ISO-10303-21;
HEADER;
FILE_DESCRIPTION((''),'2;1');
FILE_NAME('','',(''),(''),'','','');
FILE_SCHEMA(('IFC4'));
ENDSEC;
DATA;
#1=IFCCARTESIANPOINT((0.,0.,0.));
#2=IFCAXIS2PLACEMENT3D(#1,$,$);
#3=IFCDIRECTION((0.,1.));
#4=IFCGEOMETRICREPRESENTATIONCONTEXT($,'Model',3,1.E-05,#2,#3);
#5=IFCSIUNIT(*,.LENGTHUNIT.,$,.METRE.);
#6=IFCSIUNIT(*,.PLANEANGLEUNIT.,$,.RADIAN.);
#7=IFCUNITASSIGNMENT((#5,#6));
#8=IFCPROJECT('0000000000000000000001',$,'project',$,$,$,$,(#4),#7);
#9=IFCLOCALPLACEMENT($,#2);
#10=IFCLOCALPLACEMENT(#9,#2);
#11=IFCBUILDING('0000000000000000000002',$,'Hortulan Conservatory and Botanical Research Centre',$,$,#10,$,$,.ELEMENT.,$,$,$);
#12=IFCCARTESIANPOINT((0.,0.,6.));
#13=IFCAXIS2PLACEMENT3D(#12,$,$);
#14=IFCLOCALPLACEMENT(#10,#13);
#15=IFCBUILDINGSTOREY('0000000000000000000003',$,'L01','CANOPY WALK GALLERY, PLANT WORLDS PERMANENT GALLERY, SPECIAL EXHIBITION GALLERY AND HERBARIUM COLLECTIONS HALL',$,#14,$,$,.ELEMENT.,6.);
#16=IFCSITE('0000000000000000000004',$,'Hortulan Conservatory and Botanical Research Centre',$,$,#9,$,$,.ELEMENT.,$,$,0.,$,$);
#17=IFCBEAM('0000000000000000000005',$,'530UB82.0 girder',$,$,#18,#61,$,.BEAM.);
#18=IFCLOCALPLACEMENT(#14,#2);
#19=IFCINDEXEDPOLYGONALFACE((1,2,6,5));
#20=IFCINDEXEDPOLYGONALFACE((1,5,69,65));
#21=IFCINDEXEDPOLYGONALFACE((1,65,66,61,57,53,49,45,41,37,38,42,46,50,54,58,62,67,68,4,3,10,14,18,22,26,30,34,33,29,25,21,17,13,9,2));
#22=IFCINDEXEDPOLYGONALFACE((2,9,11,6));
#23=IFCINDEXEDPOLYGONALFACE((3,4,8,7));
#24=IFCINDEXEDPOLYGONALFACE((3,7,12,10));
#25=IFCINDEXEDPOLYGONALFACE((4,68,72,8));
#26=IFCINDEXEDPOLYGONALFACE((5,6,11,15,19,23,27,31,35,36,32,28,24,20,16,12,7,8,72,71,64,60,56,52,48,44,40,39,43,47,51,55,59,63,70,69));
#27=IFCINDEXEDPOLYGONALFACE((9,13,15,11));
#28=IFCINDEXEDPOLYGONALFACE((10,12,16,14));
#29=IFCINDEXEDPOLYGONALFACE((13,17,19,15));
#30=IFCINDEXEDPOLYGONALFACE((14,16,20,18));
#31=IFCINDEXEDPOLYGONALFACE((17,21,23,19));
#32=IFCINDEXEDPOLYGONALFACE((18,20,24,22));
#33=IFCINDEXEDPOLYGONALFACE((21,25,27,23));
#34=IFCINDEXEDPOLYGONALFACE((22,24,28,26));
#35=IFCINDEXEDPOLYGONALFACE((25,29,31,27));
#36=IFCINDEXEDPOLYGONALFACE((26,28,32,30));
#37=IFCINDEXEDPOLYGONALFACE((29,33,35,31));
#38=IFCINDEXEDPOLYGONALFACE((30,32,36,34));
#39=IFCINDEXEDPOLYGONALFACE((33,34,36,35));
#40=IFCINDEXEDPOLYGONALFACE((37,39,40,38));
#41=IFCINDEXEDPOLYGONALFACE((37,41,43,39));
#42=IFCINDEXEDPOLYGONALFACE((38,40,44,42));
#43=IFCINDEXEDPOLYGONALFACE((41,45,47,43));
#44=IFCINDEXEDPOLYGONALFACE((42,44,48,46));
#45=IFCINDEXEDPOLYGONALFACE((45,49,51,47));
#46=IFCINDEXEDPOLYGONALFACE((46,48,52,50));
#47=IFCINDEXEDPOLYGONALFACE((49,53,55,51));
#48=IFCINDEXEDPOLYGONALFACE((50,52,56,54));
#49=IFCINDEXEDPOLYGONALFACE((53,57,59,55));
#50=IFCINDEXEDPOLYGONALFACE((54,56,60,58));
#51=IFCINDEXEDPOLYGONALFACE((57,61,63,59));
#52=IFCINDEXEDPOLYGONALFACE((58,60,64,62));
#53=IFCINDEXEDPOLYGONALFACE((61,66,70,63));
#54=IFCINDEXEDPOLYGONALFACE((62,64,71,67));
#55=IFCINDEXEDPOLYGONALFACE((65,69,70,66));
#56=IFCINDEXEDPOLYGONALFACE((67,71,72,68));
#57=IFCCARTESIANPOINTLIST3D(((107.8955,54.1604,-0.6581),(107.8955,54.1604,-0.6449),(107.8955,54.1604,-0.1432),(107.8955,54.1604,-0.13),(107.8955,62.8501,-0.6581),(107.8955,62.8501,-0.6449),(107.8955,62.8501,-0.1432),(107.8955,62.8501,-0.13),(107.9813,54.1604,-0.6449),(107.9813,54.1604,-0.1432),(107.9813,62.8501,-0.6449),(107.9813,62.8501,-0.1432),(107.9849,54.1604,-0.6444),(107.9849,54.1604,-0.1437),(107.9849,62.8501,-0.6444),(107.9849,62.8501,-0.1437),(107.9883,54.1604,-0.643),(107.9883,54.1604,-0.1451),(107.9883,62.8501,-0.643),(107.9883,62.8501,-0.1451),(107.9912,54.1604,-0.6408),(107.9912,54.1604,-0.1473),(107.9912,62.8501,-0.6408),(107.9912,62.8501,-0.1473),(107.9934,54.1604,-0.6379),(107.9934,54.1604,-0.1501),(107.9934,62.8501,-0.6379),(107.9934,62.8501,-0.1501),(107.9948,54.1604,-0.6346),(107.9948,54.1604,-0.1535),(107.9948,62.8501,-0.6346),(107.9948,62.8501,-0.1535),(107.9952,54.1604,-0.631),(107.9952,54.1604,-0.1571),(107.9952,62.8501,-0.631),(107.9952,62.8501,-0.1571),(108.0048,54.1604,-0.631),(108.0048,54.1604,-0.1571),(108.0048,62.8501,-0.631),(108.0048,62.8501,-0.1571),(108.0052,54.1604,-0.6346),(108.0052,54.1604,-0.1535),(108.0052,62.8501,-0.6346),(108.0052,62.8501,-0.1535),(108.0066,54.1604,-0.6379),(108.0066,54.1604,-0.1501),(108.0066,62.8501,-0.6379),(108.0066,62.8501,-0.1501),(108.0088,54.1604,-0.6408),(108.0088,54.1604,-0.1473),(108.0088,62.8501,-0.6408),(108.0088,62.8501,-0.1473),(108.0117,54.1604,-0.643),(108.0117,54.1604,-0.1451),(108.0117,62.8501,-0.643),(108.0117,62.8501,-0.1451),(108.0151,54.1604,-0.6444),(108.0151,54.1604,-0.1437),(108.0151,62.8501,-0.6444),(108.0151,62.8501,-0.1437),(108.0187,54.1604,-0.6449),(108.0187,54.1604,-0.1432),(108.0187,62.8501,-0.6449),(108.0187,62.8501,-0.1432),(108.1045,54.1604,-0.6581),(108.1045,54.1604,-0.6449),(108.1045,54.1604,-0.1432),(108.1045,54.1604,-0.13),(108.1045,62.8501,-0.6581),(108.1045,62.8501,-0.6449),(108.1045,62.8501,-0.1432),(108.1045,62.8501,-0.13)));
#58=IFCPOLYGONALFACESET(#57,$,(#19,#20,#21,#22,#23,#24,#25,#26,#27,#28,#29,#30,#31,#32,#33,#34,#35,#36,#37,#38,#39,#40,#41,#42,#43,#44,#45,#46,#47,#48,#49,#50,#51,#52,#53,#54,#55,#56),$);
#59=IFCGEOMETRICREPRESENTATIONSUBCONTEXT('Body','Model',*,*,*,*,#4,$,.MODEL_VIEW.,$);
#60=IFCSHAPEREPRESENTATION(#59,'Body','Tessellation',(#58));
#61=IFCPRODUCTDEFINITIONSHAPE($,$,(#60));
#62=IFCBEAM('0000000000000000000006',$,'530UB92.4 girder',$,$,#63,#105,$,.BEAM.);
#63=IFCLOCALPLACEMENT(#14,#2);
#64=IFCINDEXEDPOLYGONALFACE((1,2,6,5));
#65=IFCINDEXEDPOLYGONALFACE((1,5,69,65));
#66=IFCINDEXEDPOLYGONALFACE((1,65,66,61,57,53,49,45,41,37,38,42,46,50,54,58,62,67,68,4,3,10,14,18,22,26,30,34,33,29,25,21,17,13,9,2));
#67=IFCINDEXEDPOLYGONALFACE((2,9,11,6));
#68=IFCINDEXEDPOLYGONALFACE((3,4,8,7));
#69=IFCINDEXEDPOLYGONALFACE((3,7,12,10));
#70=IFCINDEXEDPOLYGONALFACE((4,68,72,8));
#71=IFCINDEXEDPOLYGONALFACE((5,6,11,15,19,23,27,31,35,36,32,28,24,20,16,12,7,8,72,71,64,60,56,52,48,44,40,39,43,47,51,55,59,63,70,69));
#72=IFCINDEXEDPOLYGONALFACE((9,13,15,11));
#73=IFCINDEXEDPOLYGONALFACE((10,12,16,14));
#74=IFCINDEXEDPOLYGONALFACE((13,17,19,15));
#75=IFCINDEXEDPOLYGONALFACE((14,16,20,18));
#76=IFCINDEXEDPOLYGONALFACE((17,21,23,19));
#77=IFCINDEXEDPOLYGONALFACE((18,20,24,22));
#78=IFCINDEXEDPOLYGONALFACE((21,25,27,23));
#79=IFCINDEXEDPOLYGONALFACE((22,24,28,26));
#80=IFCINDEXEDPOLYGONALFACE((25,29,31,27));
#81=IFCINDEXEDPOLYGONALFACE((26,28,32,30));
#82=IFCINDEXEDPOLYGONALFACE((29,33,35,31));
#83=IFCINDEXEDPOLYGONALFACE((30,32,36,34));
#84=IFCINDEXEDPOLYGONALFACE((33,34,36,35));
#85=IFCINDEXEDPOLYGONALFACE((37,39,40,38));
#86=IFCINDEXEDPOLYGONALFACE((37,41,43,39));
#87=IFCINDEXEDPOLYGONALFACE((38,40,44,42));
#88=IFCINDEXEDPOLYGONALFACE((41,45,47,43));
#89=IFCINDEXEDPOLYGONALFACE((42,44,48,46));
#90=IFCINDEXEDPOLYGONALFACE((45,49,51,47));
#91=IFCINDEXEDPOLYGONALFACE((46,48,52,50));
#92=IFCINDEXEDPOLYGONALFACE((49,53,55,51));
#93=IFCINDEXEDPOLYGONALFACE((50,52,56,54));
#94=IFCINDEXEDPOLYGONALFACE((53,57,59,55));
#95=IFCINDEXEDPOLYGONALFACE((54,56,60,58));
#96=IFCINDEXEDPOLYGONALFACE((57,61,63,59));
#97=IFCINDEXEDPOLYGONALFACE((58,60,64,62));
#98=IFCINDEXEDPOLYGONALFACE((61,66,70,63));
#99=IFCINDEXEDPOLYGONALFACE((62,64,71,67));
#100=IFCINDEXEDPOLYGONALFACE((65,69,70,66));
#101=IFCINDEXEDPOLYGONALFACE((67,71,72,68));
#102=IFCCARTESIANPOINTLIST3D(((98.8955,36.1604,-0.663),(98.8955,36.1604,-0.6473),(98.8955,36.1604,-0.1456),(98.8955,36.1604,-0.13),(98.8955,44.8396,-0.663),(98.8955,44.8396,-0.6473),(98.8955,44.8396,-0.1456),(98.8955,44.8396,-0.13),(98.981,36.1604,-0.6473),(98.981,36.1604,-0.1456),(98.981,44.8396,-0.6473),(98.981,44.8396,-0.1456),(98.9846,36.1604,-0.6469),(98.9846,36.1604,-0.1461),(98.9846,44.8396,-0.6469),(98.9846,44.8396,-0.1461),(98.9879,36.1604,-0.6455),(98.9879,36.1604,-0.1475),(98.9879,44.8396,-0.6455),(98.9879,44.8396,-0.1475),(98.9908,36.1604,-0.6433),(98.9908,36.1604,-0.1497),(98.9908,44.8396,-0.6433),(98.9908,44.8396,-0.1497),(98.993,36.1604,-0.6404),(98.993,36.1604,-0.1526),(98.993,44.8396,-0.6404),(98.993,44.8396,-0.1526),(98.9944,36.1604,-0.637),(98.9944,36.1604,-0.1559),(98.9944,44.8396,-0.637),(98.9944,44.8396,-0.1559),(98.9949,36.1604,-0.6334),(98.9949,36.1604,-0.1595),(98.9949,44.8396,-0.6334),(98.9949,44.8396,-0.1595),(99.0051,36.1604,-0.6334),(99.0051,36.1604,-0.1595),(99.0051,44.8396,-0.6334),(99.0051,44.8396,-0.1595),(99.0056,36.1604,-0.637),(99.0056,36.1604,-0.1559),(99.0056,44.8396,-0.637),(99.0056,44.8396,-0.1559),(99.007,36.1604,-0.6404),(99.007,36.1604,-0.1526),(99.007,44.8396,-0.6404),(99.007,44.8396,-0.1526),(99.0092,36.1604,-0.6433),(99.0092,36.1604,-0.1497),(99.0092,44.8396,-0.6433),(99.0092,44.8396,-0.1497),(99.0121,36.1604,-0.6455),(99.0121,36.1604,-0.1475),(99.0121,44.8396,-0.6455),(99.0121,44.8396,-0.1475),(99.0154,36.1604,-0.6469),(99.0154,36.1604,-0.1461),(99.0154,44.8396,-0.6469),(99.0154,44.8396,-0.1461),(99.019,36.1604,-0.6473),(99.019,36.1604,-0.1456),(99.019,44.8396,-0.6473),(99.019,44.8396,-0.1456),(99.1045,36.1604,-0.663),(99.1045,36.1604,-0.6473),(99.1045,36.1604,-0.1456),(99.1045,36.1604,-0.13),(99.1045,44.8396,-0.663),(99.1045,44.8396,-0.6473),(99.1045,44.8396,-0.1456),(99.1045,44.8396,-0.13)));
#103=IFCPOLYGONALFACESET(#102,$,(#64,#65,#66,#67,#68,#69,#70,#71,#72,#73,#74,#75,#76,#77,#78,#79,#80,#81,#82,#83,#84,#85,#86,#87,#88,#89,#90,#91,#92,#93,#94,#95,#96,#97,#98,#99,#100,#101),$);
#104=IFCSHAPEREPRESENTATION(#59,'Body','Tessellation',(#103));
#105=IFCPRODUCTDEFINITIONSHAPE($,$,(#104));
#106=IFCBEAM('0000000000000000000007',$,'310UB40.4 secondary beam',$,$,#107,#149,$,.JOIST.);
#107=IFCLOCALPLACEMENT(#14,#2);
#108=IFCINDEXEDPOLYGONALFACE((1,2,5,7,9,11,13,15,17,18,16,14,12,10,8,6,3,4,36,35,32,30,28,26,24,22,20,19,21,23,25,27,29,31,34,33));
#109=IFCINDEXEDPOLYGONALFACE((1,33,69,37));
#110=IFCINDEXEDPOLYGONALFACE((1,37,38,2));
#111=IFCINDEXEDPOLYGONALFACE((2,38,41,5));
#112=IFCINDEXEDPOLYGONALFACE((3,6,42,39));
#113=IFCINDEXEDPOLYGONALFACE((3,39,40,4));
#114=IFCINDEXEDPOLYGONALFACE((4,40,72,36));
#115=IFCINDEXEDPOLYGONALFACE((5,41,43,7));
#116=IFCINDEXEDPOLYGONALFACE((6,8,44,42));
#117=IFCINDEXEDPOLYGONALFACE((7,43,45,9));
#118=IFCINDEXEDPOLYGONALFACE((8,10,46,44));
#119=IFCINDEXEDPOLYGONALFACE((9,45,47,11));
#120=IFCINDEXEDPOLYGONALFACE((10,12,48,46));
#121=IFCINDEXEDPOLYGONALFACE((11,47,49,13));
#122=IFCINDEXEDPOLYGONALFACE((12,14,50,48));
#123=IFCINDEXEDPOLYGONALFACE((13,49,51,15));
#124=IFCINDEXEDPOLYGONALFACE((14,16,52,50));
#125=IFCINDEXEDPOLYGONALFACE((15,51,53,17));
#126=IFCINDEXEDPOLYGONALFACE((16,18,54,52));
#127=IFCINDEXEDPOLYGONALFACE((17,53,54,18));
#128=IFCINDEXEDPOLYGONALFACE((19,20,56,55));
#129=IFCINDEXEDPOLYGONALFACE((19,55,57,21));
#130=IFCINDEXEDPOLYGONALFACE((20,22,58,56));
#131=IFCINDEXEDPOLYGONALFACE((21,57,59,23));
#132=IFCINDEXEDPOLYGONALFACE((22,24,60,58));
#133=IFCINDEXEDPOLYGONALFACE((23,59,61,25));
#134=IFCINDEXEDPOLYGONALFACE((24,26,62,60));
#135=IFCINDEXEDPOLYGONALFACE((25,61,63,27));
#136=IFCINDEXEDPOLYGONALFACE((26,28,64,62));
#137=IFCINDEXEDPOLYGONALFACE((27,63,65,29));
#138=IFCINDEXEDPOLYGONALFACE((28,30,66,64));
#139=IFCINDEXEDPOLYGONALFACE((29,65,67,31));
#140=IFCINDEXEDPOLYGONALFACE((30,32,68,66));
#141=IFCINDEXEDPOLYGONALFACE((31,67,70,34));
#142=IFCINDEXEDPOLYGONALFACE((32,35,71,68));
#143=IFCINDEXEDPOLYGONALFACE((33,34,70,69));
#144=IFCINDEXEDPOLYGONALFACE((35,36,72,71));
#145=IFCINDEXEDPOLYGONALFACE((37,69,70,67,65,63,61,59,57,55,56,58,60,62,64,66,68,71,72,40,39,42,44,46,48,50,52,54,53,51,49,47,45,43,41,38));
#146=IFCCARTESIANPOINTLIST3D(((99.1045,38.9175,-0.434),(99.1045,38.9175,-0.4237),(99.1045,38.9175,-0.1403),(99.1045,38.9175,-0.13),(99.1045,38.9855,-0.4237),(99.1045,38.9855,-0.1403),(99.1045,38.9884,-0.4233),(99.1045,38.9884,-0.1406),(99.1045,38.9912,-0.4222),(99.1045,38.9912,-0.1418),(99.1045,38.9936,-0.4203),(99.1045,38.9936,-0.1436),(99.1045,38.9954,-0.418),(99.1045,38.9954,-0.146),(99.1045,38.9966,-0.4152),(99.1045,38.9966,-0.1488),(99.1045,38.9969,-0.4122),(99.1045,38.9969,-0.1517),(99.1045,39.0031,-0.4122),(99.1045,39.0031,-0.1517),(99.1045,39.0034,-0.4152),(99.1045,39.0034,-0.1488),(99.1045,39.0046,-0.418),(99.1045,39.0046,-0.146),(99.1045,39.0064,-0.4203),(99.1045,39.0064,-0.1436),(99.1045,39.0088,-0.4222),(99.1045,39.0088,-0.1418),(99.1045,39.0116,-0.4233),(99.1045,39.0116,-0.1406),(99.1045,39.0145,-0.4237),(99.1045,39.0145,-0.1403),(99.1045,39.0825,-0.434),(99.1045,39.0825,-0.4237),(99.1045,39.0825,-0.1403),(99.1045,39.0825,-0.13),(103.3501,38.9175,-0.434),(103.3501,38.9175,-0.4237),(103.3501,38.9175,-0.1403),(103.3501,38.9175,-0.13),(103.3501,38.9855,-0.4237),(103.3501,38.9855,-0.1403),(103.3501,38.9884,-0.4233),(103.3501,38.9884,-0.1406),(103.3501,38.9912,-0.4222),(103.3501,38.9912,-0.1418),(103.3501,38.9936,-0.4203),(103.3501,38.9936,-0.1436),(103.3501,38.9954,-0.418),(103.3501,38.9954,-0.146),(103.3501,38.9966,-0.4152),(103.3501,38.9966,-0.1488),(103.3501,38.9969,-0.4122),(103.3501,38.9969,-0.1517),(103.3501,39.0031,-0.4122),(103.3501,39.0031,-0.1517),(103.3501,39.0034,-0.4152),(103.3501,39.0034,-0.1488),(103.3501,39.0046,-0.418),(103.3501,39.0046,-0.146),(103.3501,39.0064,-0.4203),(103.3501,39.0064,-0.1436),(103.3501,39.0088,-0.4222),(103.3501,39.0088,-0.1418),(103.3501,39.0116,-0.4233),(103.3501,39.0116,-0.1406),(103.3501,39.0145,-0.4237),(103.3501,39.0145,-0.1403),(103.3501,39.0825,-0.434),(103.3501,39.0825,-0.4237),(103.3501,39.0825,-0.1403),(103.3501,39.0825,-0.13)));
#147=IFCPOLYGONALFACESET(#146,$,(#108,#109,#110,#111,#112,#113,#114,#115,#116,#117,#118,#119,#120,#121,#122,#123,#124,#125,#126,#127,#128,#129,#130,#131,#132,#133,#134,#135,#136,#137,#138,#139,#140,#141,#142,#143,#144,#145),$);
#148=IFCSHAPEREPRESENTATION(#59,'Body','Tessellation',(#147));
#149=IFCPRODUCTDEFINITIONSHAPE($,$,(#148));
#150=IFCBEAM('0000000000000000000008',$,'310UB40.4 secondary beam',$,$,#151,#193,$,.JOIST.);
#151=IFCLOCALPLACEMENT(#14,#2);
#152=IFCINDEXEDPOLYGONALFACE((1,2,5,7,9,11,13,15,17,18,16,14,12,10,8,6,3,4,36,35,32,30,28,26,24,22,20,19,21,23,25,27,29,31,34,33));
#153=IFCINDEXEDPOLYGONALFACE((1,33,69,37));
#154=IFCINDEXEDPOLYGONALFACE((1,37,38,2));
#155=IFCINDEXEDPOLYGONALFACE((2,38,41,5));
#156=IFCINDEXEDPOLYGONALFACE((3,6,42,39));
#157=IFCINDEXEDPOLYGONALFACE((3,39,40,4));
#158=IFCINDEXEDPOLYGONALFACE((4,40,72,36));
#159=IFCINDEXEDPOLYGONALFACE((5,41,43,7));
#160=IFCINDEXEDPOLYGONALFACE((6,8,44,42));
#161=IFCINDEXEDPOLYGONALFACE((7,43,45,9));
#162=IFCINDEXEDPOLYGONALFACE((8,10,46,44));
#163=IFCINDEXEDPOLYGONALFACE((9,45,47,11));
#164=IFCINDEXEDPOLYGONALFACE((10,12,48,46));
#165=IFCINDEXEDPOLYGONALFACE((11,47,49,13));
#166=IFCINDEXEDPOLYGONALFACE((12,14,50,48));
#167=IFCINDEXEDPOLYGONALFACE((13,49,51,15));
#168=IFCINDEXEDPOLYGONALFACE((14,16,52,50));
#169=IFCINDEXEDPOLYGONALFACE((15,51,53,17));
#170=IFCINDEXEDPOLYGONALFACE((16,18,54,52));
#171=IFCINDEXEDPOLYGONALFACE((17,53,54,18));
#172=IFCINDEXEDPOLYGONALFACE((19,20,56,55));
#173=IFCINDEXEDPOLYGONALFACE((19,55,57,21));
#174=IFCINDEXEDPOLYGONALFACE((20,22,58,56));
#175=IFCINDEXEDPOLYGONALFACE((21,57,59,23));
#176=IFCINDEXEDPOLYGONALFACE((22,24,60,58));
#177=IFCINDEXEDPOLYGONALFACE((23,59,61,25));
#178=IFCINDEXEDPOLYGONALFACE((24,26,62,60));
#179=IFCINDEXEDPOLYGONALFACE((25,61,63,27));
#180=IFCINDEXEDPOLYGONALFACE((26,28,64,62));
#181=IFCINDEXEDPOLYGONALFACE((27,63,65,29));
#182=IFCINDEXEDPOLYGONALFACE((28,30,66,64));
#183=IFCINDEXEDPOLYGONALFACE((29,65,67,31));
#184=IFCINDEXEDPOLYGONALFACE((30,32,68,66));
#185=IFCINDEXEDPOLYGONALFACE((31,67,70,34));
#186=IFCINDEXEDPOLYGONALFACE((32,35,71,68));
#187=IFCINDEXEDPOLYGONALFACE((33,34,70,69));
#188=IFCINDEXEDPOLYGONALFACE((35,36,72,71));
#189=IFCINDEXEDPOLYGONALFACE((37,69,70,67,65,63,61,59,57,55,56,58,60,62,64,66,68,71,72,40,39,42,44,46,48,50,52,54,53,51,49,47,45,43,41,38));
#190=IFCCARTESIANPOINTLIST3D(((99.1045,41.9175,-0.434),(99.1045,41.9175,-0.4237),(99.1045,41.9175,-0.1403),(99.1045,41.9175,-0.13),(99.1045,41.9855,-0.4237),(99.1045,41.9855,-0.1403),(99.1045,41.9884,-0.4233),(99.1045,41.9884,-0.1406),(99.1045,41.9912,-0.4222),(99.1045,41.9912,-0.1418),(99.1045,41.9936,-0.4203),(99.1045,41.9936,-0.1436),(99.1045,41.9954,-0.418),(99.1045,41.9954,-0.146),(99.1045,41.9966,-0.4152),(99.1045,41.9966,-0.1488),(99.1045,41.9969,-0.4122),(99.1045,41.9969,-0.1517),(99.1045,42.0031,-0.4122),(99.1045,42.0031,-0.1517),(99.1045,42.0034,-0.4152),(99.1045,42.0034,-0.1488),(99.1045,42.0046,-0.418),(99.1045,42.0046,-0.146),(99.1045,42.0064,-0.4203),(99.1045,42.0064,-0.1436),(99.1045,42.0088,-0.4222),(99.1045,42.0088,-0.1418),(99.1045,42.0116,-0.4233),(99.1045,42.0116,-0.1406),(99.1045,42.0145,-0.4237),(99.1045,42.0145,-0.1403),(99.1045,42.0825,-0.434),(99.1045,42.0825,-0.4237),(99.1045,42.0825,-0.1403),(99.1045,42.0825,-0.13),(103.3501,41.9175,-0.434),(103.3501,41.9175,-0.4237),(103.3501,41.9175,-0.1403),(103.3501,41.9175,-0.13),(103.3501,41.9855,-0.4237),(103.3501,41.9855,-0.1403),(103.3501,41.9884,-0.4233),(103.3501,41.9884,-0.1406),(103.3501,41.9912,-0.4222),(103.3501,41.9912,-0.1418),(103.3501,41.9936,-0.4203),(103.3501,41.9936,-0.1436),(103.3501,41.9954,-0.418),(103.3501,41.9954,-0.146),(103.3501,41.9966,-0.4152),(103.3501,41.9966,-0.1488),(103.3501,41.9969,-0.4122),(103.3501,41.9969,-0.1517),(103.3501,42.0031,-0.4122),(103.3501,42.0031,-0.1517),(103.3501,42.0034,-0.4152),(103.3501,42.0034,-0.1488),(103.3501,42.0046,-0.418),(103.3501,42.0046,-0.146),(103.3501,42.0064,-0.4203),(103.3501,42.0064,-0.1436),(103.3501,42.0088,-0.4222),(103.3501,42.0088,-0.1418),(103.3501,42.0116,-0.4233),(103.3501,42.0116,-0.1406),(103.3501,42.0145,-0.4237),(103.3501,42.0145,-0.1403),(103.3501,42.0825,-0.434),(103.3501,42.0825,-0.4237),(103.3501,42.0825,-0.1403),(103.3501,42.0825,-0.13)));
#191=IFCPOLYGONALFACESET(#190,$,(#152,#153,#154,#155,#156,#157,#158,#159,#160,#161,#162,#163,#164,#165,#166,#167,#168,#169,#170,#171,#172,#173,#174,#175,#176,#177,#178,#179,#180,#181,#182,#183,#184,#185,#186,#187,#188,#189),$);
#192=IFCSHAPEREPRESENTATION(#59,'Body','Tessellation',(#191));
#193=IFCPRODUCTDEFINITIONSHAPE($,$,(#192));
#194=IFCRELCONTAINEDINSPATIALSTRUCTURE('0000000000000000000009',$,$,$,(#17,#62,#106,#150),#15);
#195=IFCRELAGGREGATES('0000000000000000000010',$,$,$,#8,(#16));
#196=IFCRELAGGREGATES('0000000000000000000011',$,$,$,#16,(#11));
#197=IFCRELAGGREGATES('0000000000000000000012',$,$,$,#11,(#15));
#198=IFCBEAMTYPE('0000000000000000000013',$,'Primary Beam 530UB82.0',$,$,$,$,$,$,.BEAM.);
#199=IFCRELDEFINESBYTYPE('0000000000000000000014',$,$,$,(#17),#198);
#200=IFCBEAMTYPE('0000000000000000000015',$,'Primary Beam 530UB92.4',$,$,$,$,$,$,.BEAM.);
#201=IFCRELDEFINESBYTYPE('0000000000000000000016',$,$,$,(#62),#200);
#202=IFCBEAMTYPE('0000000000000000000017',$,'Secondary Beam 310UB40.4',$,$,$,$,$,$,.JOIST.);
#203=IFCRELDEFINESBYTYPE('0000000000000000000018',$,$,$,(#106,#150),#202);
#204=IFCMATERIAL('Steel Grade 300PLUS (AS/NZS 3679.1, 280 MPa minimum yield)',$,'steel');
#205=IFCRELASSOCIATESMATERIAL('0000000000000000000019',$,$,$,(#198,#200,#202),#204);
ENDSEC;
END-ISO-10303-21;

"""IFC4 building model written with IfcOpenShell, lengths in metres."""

from ifc_helpers import new_model, si_unit, direction, frame, origin, origin_2d, place, context, subcontext, project, spatial, i_section, extrude, material, material_profile, profile_set, type_object, element, save


model = new_model("IFC4")

# Units and contexts
model_context = context("Model", 3, precision=1e-05, world=origin(), true_north=direction((0.0, 1.0)))
body_context = subcontext(model_context, "Body", "Model", "MODEL_VIEW")
ifc_project = project(units=[si_unit("LENGTHUNIT", "METRE"), si_unit("PLANEANGLEUNIT", "RADIAN")], contexts=[model_context])

# Site, building, storey
site_placement = place(None, origin())
site = spatial("IfcSite", under=ifc_project, at=site_placement, Name="Hortulan Conservatory and Botanical Research Centre", CompositionType="ELEMENT", RefElevation=0.0)
building_placement = place(site_placement, origin())
building = spatial("IfcBuilding", under=site, at=building_placement, Name="Hortulan Conservatory and Botanical Research Centre", CompositionType="ELEMENT")
storey_placement = place(building_placement, frame((0.0, 0.0, 6.0)))
storey = spatial("IfcBuildingStorey", under=building, at=storey_placement, Name="L01", Description="CANOPY WALK GALLERY, PLANT WORLDS PERMANENT GALLERY, SPECIAL EXHIBITION GALLERY AND HERBARIUM COLLECTIONS HALL", CompositionType="ELEMENT", Elevation=6.0)

# Shared definitions
ifc_material_1 = material(Name="Steel Grade 300PLUS (AS/NZS 3679.1, 280 MPa minimum yield)", Category="steel")

# Beams
ifc_material_profile_1 = material_profile(ifc_material_1, i_section(OverallWidth=0.209, OverallDepth=0.5281, WebThickness=0.0095, FlangeThickness=0.0132, FilletRadius=0.0139, at=origin_2d()), Name="530UB82.0")
ifc_profile_set_1 = profile_set([ifc_material_profile_1], Name="Steel Grade 300PLUS (AS/NZS 3679.1, 280 MPa minimum yield)")
beam_type_1 = type_object("IfcBeamType", Name="Primary Beam 530UB82.0", PredefinedType="BEAM", material=ifc_profile_set_1)
beam_1_placement = place(storey_placement, frame((108.0, 54.1604, -0.394), z_axis=(0.0, 1.0, 0.0), x_axis=(-1.0, 0.0, 0.0)))
element("IfcBeam", 1, at=beam_1_placement, inside=storey, type_object=beam_type_1, Name="530UB82.0 girder", PredefinedType="BEAM", context=body_context, shape_type="SweptSolid", body=[
    extrude(i_section(OverallWidth=0.209, OverallDepth=0.5281, WebThickness=0.0095, FlangeThickness=0.0132, FilletRadius=0.0139, at=origin_2d()), origin(), (0.0, 0.0, 1.0), 8.6897),
])
ifc_material_profile_2 = material_profile(ifc_material_1, i_section(OverallWidth=0.209, OverallDepth=0.533, WebThickness=0.0103, FlangeThickness=0.0156, FilletRadius=0.0139, at=origin_2d()), Name="530UB92.4")
ifc_profile_set_2 = profile_set([ifc_material_profile_2], Name="Steel Grade 300PLUS (AS/NZS 3679.1, 280 MPa minimum yield)")
beam_type_2 = type_object("IfcBeamType", Name="Primary Beam 530UB92.4", PredefinedType="BEAM", material=ifc_profile_set_2)
beam_2_placement = place(storey_placement, frame((99.0, 36.1604, -0.3965), z_axis=(0.0, 1.0, 0.0), x_axis=(-1.0, 0.0, 0.0)))
element("IfcBeam", 2, at=beam_2_placement, inside=storey, type_object=beam_type_2, Name="530UB92.4 girder", PredefinedType="BEAM", context=body_context, shape_type="SweptSolid", body=[
    extrude(i_section(OverallWidth=0.209, OverallDepth=0.533, WebThickness=0.0103, FlangeThickness=0.0156, FilletRadius=0.0139, at=origin_2d()), origin(), (0.0, 0.0, 1.0), 8.6792),
])
ifc_material_profile_3 = material_profile(ifc_material_1, i_section(OverallWidth=0.165, OverallDepth=0.304, WebThickness=0.0061, FlangeThickness=0.0103, FilletRadius=0.0115, at=origin_2d()), Name="310UB40.4")
ifc_profile_set_3 = profile_set([ifc_material_profile_3], Name="Steel Grade 300PLUS (AS/NZS 3679.1, 280 MPa minimum yield)")
beam_type_3 = type_object("IfcBeamType", Name="Secondary Beam 310UB40.4", PredefinedType="JOIST", material=ifc_profile_set_3)
for number, where, z_axis, x_axis, name in (
    (3, (99.1045, 39.0, -0.282), (1.0, 0.0, 0.0), (0.0, 1.0, 0.0), "310UB40.4 secondary beam"),
    (4, (99.1045, 42.0, -0.282), (1.0, 0.0, 0.0), (0.0, 1.0, 0.0), "310UB40.4 secondary beam"),
):
    element("IfcBeam", number, at=place(storey_placement, frame(where, z_axis=z_axis, x_axis=x_axis)), inside=storey, type_object=beam_type_3, Name=name, PredefinedType="JOIST", context=body_context, shape_type="SweptSolid", body=[
        extrude(i_section(OverallWidth=0.165, OverallDepth=0.304, WebThickness=0.0061, FlangeThickness=0.0103, FilletRadius=0.0115, at=origin_2d()), origin(), (0.0, 0.0, 1.0), 4.2456),
    ])

save(model, "model.ifc")
